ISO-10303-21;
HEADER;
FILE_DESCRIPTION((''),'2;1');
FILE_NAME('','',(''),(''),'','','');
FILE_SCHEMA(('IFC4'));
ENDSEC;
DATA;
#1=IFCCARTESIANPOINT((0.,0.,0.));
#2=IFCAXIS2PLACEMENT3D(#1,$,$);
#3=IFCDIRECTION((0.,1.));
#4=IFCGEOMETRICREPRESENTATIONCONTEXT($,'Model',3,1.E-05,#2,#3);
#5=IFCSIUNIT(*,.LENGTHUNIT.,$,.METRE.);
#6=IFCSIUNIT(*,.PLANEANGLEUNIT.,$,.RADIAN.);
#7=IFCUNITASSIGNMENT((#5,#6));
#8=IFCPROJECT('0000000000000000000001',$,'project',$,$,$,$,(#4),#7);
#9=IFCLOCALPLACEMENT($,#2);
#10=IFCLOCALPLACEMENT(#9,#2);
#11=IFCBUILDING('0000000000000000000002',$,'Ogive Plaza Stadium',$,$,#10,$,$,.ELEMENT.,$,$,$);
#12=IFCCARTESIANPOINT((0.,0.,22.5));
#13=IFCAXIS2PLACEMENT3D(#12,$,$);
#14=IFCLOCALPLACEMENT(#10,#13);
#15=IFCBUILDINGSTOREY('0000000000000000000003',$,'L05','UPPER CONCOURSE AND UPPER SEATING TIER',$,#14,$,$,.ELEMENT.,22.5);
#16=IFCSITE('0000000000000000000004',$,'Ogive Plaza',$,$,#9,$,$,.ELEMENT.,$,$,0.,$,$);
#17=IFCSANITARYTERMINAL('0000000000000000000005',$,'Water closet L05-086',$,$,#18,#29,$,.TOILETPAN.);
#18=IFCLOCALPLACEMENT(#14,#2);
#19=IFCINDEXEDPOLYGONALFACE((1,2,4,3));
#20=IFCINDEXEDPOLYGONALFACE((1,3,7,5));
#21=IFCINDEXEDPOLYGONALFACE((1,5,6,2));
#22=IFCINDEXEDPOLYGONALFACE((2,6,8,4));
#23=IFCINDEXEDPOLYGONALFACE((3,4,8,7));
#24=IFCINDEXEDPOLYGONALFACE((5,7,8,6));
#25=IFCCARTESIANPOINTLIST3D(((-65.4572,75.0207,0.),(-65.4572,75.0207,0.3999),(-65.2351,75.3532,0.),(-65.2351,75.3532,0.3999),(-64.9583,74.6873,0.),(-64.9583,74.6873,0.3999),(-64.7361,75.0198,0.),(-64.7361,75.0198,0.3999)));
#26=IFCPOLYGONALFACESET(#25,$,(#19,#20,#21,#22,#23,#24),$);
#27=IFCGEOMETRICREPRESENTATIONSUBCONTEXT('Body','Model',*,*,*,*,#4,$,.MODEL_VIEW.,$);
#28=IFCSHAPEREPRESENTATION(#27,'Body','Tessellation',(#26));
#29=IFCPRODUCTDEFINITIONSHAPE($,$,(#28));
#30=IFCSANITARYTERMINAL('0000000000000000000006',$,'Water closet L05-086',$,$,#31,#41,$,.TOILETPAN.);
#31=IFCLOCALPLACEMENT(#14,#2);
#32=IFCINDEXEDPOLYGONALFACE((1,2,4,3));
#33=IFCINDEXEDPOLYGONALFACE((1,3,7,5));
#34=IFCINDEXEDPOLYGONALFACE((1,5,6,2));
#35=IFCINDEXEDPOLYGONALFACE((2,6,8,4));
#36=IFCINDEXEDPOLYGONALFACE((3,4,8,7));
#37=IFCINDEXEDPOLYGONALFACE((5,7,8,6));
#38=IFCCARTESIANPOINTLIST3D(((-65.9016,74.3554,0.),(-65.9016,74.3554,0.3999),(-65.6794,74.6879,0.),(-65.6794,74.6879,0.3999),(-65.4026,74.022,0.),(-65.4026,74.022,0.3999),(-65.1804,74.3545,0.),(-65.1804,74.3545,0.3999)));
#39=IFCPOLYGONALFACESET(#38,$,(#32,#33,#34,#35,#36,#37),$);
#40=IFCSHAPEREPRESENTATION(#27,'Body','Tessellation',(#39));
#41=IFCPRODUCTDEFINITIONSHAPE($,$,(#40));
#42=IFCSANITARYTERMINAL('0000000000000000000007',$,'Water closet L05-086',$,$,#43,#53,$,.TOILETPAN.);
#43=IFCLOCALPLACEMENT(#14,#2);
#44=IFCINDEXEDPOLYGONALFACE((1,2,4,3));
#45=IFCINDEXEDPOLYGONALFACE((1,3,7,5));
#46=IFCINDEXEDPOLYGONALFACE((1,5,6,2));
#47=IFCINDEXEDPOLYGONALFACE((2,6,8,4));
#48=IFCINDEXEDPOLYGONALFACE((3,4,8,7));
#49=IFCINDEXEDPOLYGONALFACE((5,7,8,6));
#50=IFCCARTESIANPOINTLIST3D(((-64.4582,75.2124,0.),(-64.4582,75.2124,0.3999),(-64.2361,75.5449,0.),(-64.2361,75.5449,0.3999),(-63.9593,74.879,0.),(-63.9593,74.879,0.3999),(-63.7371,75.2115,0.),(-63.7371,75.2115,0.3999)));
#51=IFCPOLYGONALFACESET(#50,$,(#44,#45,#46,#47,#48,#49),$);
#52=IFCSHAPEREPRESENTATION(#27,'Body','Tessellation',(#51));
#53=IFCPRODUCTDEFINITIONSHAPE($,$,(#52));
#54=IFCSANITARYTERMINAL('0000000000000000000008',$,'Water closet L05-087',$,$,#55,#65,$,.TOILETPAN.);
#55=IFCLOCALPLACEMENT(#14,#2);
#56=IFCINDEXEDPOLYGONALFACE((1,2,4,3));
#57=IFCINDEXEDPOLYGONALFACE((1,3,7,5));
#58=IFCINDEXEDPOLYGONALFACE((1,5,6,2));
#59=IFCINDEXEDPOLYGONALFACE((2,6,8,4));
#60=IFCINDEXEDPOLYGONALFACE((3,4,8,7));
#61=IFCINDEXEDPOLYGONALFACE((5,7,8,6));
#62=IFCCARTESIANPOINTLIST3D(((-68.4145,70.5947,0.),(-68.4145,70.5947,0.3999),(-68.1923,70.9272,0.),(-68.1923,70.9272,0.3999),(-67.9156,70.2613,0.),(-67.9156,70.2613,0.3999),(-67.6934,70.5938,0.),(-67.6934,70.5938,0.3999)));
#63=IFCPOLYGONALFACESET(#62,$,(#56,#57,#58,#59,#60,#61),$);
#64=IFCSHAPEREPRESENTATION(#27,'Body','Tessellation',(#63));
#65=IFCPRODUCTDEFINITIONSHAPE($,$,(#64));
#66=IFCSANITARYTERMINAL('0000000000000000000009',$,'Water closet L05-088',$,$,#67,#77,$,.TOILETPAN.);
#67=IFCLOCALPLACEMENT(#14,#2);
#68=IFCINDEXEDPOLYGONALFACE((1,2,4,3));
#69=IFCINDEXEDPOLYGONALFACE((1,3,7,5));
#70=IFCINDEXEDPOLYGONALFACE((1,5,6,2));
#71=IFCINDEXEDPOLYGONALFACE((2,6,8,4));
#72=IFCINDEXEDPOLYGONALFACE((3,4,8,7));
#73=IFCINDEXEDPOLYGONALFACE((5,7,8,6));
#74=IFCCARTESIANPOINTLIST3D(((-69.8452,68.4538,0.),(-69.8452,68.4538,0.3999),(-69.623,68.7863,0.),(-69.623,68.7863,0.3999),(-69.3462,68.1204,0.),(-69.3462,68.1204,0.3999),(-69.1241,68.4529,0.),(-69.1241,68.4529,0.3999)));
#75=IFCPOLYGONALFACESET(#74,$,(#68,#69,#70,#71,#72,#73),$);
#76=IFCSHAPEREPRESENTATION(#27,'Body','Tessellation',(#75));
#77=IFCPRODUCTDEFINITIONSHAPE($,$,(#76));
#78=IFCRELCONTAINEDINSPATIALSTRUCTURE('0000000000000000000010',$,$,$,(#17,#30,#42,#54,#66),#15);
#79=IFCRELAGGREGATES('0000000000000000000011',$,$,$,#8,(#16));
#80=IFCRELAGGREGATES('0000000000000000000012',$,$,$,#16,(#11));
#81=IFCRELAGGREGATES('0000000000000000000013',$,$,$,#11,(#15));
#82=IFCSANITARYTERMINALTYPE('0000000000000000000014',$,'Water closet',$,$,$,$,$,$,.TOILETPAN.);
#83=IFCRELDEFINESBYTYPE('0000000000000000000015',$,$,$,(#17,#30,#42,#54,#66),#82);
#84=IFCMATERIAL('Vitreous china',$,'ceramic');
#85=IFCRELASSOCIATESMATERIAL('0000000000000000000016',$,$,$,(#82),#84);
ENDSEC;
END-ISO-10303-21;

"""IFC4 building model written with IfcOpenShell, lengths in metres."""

from ifc_helpers import new_model, si_unit, direction, frame, origin, origin_2d, place, context, subcontext, project, spatial, rectangle, extrude, material, type_object, element, save


model = new_model("IFC4")

# Units and contexts
model_context = context("Model", 3, precision=1e-05, world=origin(), true_north=direction((0.0, 1.0)))
body_context = subcontext(model_context, "Body", "Model", "MODEL_VIEW")
ifc_project = project(units=[si_unit("LENGTHUNIT", "METRE"), si_unit("PLANEANGLEUNIT", "RADIAN")], contexts=[model_context])

# Site, building, storey
site_placement = place(None, origin())
site = spatial("IfcSite", under=ifc_project, at=site_placement, Name="Ogive Plaza", CompositionType="ELEMENT", RefElevation=0.0)
building_placement = place(site_placement, origin())
building = spatial("IfcBuilding", under=site, at=building_placement, Name="Ogive Plaza Stadium", CompositionType="ELEMENT")
storey_placement = place(building_placement, frame((0.0, 0.0, 22.5)))
storey = spatial("IfcBuildingStorey", under=building, at=storey_placement, Name="L05", Description="UPPER CONCOURSE AND UPPER SEATING TIER", CompositionType="ELEMENT", Elevation=22.5)

# Sanitary terminals
ifc_material_1 = material(Name="Vitreous china", Category="ceramic")
sanitary_terminal_type_1 = type_object("IfcSanitaryTerminalType", Name="Water closet", PredefinedType="TOILETPAN", material=ifc_material_1)
for number, where, z_axis, x_axis, name in (
    (1, (-65.0967, 75.0203, 0.0), (0.0, 0.0, 1.0), (-0.55557, -0.83147, 0.0), "Water closet L05-086"),
    (2, (-65.541, 74.355, 0.0), (0.0, 0.0, 1.0), (-0.55557, -0.83147, 0.0), "Water closet L05-086"),
    (3, (-64.0977, 75.2119, 0.0), (0.0, 0.0, 1.0), (-0.55557, -0.83147, 0.0), "Water closet L05-086"),
    (4, (-68.054, 70.5942, 0.0), (0.0, 0.0, 1.0), (0.55557, 0.83147, 0.0), "Water closet L05-087"),
    (5, (-69.4846, 68.4534, 0.0), (0.0, 0.0, 1.0), (0.55557, 0.83147, 0.0), "Water closet L05-088"),
):
    element("IfcSanitaryTerminal", number, at=place(storey_placement, frame(where, z_axis=z_axis, x_axis=x_axis)), inside=storey, type_object=sanitary_terminal_type_1, Name=name, PredefinedType="TOILETPAN", context=body_context, shape_type="SweptSolid", body=[
        extrude(rectangle(XDim=0.3999, YDim=0.6001, at=origin_2d()), origin(), (0.0, 0.0, 1.0), 0.3999),
    ])

save(model, "model.ifc")
